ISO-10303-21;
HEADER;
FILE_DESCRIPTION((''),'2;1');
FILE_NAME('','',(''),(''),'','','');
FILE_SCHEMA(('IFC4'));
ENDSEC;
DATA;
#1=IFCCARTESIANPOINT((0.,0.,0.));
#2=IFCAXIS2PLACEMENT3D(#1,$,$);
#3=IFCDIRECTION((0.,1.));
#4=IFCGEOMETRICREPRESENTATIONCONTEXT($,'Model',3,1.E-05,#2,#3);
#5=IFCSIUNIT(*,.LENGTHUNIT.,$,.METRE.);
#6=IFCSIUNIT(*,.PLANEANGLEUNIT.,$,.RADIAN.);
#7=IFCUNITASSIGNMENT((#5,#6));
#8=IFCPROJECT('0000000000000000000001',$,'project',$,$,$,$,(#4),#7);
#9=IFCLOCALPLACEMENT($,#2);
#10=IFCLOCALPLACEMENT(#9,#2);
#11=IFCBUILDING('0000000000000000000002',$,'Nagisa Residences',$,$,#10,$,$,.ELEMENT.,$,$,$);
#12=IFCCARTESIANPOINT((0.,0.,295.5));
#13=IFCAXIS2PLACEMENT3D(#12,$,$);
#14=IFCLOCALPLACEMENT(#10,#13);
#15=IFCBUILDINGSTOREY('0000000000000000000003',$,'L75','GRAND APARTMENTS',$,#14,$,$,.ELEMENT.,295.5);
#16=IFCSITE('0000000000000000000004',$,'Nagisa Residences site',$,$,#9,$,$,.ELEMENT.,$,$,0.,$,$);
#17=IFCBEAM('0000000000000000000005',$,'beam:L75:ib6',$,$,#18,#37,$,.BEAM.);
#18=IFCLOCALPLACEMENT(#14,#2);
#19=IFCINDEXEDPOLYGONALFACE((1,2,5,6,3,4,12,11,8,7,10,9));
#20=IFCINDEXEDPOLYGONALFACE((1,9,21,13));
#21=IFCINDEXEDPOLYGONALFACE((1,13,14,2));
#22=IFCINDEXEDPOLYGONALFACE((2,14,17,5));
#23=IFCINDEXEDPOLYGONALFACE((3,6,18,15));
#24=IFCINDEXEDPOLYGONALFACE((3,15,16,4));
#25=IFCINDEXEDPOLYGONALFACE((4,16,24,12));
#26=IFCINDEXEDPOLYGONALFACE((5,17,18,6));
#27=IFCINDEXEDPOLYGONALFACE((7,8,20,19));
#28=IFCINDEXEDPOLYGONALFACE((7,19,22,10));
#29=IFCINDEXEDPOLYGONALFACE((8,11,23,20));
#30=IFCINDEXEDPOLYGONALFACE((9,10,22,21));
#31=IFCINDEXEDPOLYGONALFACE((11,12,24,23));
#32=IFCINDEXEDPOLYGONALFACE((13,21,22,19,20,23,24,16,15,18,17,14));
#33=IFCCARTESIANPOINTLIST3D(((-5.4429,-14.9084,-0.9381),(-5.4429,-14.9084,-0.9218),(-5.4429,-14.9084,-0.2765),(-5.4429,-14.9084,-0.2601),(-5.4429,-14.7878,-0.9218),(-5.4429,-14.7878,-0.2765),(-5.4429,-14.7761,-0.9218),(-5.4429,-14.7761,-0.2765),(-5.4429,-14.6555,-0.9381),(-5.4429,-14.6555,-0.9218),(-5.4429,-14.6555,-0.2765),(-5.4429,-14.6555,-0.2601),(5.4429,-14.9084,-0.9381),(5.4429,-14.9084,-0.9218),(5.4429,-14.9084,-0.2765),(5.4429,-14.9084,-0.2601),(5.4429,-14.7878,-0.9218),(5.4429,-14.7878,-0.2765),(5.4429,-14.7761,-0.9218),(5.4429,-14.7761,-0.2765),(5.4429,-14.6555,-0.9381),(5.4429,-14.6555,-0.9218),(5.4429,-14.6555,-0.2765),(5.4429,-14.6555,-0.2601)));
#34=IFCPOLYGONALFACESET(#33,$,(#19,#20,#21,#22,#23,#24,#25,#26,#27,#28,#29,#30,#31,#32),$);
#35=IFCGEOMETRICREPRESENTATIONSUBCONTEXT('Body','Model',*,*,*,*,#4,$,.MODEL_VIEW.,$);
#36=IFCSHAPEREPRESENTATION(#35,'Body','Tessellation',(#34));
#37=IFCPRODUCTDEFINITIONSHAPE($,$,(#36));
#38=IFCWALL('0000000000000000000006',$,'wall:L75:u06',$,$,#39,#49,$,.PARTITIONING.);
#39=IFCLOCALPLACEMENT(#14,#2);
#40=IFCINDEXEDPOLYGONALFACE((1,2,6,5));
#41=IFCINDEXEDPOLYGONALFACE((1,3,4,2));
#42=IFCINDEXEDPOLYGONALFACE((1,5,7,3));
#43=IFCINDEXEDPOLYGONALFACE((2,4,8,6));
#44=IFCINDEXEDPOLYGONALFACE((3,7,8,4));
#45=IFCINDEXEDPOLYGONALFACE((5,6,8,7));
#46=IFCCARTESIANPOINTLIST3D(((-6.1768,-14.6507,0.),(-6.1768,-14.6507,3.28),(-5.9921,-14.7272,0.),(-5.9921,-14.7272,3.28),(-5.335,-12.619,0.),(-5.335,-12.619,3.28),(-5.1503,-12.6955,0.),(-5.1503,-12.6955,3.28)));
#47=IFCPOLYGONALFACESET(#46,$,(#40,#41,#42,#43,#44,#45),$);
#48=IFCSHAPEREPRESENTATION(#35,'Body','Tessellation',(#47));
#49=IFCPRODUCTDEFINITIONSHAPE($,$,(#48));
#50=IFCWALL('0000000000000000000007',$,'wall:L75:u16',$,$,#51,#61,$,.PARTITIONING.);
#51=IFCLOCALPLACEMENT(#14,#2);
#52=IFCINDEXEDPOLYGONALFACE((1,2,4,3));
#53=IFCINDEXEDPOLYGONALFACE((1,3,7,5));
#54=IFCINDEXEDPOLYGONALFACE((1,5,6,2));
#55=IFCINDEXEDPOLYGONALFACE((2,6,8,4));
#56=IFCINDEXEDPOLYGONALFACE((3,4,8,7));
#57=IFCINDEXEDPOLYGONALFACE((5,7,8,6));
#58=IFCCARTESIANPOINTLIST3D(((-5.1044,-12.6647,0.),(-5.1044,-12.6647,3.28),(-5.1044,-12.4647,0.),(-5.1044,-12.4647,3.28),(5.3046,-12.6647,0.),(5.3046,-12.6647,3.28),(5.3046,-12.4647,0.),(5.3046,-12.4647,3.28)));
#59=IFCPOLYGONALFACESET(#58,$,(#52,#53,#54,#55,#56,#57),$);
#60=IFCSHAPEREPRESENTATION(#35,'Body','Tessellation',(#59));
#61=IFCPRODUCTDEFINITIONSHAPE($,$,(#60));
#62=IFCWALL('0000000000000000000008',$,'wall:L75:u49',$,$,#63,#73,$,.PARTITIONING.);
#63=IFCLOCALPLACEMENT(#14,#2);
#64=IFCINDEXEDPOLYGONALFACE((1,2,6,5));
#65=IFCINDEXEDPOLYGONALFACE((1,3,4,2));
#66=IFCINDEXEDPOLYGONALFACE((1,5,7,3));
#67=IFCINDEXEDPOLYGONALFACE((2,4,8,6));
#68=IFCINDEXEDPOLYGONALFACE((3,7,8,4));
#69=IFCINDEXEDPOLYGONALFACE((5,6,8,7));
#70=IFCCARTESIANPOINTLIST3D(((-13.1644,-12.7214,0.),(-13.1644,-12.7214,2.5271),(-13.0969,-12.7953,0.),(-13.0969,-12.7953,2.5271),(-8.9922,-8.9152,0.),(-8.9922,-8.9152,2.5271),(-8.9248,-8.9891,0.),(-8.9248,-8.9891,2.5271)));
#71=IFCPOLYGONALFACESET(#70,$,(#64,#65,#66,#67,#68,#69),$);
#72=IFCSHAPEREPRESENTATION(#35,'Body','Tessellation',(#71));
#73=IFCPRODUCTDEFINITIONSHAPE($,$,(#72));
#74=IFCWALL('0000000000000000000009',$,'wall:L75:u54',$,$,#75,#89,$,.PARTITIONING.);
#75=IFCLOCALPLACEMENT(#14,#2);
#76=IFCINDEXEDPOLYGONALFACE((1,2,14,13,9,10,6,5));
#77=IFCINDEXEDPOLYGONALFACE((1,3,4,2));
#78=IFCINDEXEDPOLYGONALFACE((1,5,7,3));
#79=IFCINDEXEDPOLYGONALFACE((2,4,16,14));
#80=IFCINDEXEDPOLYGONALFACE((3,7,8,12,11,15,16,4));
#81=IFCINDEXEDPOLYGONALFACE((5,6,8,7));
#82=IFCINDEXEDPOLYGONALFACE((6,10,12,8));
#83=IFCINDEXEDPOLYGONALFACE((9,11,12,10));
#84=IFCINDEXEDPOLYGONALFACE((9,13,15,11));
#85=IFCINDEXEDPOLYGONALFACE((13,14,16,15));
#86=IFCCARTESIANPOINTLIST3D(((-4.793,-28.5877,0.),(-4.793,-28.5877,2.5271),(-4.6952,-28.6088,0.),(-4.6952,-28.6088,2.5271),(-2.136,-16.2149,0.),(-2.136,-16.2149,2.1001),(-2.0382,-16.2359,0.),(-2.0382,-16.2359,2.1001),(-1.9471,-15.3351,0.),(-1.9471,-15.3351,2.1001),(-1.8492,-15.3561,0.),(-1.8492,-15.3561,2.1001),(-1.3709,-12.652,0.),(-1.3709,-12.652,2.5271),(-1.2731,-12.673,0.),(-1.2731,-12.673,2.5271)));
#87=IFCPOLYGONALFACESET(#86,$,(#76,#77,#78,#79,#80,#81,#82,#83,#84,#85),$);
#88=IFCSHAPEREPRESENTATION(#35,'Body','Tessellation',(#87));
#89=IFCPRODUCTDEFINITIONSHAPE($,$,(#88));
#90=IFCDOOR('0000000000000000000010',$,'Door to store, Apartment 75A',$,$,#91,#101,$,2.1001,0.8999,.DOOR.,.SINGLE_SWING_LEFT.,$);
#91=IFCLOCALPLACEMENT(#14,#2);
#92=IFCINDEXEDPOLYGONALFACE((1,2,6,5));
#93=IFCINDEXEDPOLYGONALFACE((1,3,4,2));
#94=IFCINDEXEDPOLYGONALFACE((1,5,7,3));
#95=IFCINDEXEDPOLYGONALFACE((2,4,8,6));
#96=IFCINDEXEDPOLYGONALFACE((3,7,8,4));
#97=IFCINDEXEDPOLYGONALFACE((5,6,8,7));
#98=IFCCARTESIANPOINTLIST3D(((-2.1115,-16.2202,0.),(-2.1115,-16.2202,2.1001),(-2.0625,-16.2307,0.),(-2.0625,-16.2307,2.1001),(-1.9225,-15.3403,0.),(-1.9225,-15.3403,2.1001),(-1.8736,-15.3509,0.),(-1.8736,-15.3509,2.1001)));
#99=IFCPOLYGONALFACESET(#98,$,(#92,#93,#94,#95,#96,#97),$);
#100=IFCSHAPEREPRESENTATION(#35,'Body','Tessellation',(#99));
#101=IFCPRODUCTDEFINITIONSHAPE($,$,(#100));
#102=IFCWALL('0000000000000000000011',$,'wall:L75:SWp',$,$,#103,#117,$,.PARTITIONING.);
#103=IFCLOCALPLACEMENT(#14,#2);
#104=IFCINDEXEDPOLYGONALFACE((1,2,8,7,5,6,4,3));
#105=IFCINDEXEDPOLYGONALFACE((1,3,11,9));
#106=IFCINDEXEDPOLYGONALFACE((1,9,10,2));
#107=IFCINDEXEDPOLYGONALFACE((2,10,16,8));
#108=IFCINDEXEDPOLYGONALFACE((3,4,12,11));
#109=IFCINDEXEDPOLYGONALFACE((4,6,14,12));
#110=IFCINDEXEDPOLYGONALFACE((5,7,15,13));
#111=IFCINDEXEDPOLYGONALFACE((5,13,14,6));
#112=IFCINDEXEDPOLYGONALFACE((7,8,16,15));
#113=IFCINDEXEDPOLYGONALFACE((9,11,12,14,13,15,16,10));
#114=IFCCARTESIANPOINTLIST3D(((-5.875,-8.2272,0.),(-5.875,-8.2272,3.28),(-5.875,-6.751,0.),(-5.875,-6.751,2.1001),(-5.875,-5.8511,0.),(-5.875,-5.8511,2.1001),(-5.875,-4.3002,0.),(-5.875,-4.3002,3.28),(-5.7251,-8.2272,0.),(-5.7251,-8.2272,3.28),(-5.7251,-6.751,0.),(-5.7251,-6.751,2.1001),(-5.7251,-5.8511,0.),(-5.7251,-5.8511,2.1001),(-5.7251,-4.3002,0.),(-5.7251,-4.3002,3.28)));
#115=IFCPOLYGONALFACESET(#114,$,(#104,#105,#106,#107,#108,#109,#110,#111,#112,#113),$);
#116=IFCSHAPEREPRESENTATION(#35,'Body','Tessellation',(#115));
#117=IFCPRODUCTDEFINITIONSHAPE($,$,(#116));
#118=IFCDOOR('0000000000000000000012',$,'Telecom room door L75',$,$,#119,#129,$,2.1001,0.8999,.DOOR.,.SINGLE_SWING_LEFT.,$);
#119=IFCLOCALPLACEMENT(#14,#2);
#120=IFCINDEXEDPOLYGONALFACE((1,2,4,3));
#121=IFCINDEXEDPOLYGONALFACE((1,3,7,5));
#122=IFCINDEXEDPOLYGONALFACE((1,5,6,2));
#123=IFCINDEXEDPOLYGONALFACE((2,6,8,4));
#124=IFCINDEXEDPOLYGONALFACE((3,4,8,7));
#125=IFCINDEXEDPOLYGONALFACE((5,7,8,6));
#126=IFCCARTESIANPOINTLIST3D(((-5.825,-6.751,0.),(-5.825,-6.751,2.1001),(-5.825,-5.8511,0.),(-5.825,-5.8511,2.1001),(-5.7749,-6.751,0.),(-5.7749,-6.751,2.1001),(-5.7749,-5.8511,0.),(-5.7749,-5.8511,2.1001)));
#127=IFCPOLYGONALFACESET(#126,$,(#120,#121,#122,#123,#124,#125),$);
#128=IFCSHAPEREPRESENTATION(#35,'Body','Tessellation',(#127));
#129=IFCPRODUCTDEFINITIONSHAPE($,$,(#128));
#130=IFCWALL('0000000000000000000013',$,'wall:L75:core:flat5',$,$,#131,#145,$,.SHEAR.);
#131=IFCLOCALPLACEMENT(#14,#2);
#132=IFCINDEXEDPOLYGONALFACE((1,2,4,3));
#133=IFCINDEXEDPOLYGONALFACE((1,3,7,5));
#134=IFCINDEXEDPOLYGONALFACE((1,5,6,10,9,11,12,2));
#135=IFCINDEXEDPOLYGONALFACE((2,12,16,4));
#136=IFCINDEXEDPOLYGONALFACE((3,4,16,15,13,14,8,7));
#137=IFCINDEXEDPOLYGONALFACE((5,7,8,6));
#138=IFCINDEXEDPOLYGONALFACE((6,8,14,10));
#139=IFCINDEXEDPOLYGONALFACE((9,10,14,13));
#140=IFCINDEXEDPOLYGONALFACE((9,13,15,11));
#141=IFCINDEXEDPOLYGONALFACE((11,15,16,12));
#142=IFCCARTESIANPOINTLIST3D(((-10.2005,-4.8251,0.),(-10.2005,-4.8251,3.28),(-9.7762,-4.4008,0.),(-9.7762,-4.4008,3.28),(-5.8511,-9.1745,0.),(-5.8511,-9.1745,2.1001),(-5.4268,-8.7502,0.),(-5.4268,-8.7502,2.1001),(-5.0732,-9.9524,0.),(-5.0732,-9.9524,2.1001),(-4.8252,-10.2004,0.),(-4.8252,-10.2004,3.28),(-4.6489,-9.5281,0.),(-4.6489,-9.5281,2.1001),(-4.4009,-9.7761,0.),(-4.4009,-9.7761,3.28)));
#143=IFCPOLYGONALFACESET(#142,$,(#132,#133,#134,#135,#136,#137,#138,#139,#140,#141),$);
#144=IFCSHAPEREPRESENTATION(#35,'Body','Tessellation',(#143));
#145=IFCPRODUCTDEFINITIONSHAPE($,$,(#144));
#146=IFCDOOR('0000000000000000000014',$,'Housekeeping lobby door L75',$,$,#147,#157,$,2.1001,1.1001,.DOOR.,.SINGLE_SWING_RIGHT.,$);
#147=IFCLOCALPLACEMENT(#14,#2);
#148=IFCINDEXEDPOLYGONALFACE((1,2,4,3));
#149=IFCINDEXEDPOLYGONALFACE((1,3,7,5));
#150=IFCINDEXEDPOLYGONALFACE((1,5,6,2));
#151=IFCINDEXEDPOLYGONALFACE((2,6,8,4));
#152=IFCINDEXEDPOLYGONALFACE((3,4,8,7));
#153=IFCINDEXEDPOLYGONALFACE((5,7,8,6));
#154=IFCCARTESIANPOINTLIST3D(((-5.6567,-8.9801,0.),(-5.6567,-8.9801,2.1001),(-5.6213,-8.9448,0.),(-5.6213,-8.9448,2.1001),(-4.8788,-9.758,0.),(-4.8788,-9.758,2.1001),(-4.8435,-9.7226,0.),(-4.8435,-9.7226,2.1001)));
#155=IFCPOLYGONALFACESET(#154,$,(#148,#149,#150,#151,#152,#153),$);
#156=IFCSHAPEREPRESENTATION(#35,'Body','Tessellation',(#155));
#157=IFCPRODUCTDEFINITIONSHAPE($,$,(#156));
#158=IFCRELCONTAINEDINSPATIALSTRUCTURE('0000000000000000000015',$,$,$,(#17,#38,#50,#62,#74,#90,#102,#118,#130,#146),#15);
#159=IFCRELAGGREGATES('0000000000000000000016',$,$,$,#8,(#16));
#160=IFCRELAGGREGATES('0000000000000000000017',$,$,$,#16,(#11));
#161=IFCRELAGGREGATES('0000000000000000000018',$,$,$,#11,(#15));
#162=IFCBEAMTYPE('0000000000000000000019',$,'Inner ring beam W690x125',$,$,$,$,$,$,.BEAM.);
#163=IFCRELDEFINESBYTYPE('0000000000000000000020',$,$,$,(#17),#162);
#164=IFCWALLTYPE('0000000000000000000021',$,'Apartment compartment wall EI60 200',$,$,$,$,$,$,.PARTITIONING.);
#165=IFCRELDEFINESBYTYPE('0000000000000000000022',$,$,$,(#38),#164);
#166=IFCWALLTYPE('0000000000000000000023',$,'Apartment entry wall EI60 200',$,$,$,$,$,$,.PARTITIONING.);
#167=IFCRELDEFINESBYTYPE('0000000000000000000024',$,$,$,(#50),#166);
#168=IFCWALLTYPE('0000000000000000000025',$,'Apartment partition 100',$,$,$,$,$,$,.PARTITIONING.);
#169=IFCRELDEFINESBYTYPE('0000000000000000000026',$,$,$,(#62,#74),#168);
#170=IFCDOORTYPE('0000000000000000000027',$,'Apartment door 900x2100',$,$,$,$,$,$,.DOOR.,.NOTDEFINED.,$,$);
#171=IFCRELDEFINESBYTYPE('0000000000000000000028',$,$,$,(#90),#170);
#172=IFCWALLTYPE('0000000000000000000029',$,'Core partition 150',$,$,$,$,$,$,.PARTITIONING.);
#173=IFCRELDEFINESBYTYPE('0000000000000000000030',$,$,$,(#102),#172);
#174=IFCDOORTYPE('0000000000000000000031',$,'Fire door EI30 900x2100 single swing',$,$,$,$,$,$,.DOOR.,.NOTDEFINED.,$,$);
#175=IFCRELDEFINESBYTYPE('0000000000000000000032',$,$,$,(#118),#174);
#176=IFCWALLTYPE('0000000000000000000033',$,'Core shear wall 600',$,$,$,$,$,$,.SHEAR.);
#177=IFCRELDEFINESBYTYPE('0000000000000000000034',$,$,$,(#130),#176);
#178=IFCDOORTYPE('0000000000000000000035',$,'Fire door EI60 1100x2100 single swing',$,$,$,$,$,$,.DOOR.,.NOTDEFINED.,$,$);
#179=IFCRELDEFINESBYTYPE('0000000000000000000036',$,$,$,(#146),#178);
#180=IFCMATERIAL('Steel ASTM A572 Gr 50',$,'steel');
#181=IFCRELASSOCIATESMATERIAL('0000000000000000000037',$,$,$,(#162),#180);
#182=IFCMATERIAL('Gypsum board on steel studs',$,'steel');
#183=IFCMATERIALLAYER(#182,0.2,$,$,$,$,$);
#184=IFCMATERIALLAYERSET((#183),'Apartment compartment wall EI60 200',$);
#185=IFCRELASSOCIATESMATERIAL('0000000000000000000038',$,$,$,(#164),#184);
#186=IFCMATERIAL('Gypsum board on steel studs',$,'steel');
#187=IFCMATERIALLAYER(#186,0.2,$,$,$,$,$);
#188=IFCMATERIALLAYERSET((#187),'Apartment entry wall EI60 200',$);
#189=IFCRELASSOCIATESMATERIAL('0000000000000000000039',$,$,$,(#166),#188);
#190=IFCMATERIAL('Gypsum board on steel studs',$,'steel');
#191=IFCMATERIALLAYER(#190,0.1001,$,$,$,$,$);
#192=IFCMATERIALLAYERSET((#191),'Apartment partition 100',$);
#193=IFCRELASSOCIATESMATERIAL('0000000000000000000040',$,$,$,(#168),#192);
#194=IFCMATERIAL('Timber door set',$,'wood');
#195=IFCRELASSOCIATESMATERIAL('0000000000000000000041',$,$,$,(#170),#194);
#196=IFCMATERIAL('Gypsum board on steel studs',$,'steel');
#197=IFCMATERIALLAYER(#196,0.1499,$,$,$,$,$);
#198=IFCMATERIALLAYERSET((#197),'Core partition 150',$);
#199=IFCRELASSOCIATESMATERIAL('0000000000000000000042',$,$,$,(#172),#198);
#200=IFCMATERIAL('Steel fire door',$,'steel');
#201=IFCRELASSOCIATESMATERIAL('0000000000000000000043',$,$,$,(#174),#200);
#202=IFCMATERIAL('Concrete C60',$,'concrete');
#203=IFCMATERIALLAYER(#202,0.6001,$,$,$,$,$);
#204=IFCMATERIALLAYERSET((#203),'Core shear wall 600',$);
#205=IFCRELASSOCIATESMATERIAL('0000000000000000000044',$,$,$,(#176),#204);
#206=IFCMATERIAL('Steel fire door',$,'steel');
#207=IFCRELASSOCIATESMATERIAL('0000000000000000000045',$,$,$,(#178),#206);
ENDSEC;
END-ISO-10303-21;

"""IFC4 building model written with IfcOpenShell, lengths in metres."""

from ifc_helpers import new_model, si_unit, direction, frame, frame_2d, origin, origin_2d, place, context, subcontext, project, spatial, rectangle, i_section, extrude, material, layer, layer_set, material_profile, profile_set, type_object, element, fill, save


model = new_model("IFC4")

# Units and contexts
model_context = context("Model", 3, precision=1e-05, world=origin(), true_north=direction((0.0, 1.0)))
body_context = subcontext(model_context, "Body", "Model", "MODEL_VIEW")
ifc_project = project(units=[si_unit("LENGTHUNIT", "METRE"), si_unit("PLANEANGLEUNIT", "RADIAN")], contexts=[model_context])

# Site, building, storey
site_placement = place(None, origin())
site = spatial("IfcSite", under=ifc_project, at=site_placement, Name="Nagisa Residences site", CompositionType="ELEMENT", RefElevation=0.0)
building_placement = place(site_placement, origin())
building = spatial("IfcBuilding", under=site, at=building_placement, Name="Nagisa Residences", CompositionType="ELEMENT")
storey_placement = place(building_placement, frame((0.0, 0.0, 295.5)))
storey = spatial("IfcBuildingStorey", under=building, at=storey_placement, Name="L75", Description="GRAND APARTMENTS", CompositionType="ELEMENT", Elevation=295.5)

# Beam
ifc_material_1 = material(Name="Steel ASTM A572 Gr 50", Category="steel")
ifc_material_profile = material_profile(ifc_material_1, i_section(OverallWidth=0.2529, OverallDepth=0.678, WebThickness=0.0117, FlangeThickness=0.0164, at=origin_2d()), Name="W690x125")
ifc_profile_set = profile_set([ifc_material_profile], Name="Steel ASTM A572 Gr 50")
beam_type = type_object("IfcBeamType", Name="Inner ring beam W690x125", PredefinedType="BEAM", material=ifc_profile_set)
beam_placement = place(storey_placement, frame((-5.4429, -14.782, -0.5991), z_axis=(1.0, 0.0, 0.0), x_axis=(0.0, 1.0, 0.0)))
element("IfcBeam", 1, at=beam_placement, inside=storey, type_object=beam_type, Name="beam:L75:ib6", PredefinedType="BEAM", context=body_context, shape_type="SweptSolid", body=[
    extrude(i_section(OverallWidth=0.2529, OverallDepth=0.678, WebThickness=0.0117, FlangeThickness=0.0164, at=origin_2d()), origin(), (0.0, 0.0, 1.0), 10.8857),
])

# Walls
ifc_material_2 = material(Name="Gypsum board on steel studs", Category="steel")
ifc_layer_1 = layer(ifc_material_2, 0.2)
ifc_layer_set_1 = layer_set([ifc_layer_1], Name="Apartment compartment wall EI60 200")
wall_type_1 = type_object("IfcWallType", Name="Apartment compartment wall EI60 200", PredefinedType="PARTITIONING", material=ifc_layer_set_1)
wall_1_placement = place(storey_placement, frame((-5.2427, -12.6572, 0.0), z_axis=(0.0, 0.0, 1.0), x_axis=(-0.38277, -0.923844, 0.0)))
element("IfcWall", 2, at=wall_1_placement, inside=storey, type_object=wall_type_1, Name="wall:L75:u06", PredefinedType="PARTITIONING", context=body_context, shape_type="SweptSolid", body=[
    extrude(rectangle(XDim=2.1992, YDim=0.2, at=frame_2d((1.0996, 0.0))), origin(), (0.0, 0.0, 1.0), 3.28),
])
ifc_material_3 = material(Name="Gypsum board on steel studs", Category="steel")
ifc_layer_2 = layer(ifc_material_3, 0.2)
ifc_layer_set_2 = layer_set([ifc_layer_2], Name="Apartment entry wall EI60 200")
wall_type_2 = type_object("IfcWallType", Name="Apartment entry wall EI60 200", PredefinedType="PARTITIONING", material=ifc_layer_set_2)
wall_2_placement = place(storey_placement, frame((-5.1045, -12.5647, 0.0), z_axis=(0.0, 0.0, 1.0), x_axis=(1.0, 0.0, 0.0)))
element("IfcWall", 3, at=wall_2_placement, inside=storey, type_object=wall_type_2, Name="wall:L75:u16", PredefinedType="PARTITIONING", context=body_context, shape_type="SweptSolid", body=[
    extrude(rectangle(XDim=10.4089, YDim=0.2, at=frame_2d((5.2046, 0.0))), origin(), (0.0, 0.0, 1.0), 3.28),
])
ifc_material_4 = material(Name="Gypsum board on steel studs", Category="steel")
ifc_layer_3 = layer(ifc_material_4, 0.1001)
ifc_layer_set_3 = layer_set([ifc_layer_3], Name="Apartment partition 100")
wall_type_3 = type_object("IfcWallType", Name="Apartment partition 100", PredefinedType="PARTITIONING", material=ifc_layer_set_3)
wall_3_placement = place(storey_placement, frame((-8.9585, -8.9521, 0.0), z_axis=(0.0, 0.0, 1.0), x_axis=(-0.738765, -0.673963, 0.0)))
element("IfcWall", 4, at=wall_3_placement, inside=storey, type_object=wall_type_3, Name="wall:L75:u49", PredefinedType="PARTITIONING", context=body_context, shape_type="SweptSolid", body=[
    extrude(rectangle(XDim=5.6475, YDim=0.1001, at=frame_2d((2.8237, 0.0))), origin(), (0.0, 0.0, 1.0), 2.5271),
])

# Walls, openings, doors
wall_4_placement = place(storey_placement, frame((-1.322, -12.6626, 0.0), z_axis=(0.0, 0.0, 1.0), x_axis=(-0.209958, -0.97771, 0.0)))
wall_4 = element("IfcWall", 5, at=wall_4_placement, inside=storey, type_object=wall_type_3, Name="wall:L75:u54", PredefinedType="PARTITIONING", context=body_context, shape_type="SweptSolid", body=[
    extrude(rectangle(XDim=16.2991, YDim=0.1001, at=frame_2d((8.1494, 0.0))), origin(), (0.0, 0.0, 1.0), 2.5271),
])
opening_1_placement = place(wall_4_placement, frame((2.7441, 0.0, 0.0)))
opening_1 = element("IfcOpeningElement", 6, at=opening_1_placement, cuts=wall_4, PredefinedType="OPENING", context=body_context, shape_type="SweptSolid", body=[
    extrude(rectangle(XDim=0.8999, YDim=2.1001, at=frame_2d((0.45, 1.05))), frame((0.0, 0.0601, 0.0), z_axis=(0.0, -1.0, 0.0), x_axis=(1.0, 0.0, 0.0)), (0.0, 0.0, 1.0), 0.1201),
])
ifc_material_5 = material(Name="Timber door set", Category="wood")
door_type_1 = type_object("IfcDoorType", Name="Apartment door 900x2100", OperationType="NOTDEFINED", PredefinedType="DOOR", material=ifc_material_5)
door_1_placement = place(opening_1_placement, frame((0.8999, 0.0, 0.0), x_axis=(-1.0, 0.0, 0.0)))
door_1 = element("IfcDoor", 7, at=door_1_placement, inside=storey, type_object=door_type_1, Name="Door to store, Apartment 75A", OperationType="SINGLE_SWING_LEFT", OverallHeight=2.1001, OverallWidth=0.8999, PredefinedType="DOOR", context=body_context, shape_type="SweptSolid", body=[
    extrude(rectangle(XDim=0.8999, YDim=2.1001, at=frame_2d((0.45, 1.05))), frame((0.0, 0.0249, 0.0), z_axis=(0.0, -1.0, 0.0), x_axis=(1.0, 0.0, 0.0)), (0.0, 0.0, 1.0), 0.05),
])
fill(opening_1, door_1)
ifc_material_6 = material(Name="Gypsum board on steel studs", Category="steel")
ifc_layer_4 = layer(ifc_material_6, 0.1499)
ifc_layer_set_4 = layer_set([ifc_layer_4], Name="Core partition 150")
wall_type_4 = type_object("IfcWallType", Name="Core partition 150", PredefinedType="PARTITIONING", material=ifc_layer_set_4)
wall_5_placement = place(storey_placement, frame((-5.8, -8.2271, 0.0), z_axis=(0.0, 0.0, 1.0), x_axis=(0.0, 1.0, 0.0)))
wall_5 = element("IfcWall", 8, at=wall_5_placement, inside=storey, type_object=wall_type_4, Name="wall:L75:SWp", PredefinedType="PARTITIONING", context=body_context, shape_type="SweptSolid", body=[
    extrude(rectangle(XDim=3.927, YDim=0.1499, at=frame_2d((1.9634, 0.0))), origin(), (0.0, 0.0, 1.0), 3.28),
])
opening_2_placement = place(wall_5_placement, frame((1.4761, 0.0, 0.0)))
opening_2 = element("IfcOpeningElement", 9, at=opening_2_placement, cuts=wall_5, PredefinedType="OPENING", context=body_context, shape_type="SweptSolid", body=[
    extrude(rectangle(XDim=0.8999, YDim=2.1001, at=frame_2d((0.45, 1.05))), frame((0.0, 0.085, 0.0), z_axis=(0.0, -1.0, 0.0), x_axis=(1.0, 0.0, 0.0)), (0.0, 0.0, 1.0), 0.1699),
])
ifc_material_7 = material(Name="Steel fire door", Category="steel")
door_type_2 = type_object("IfcDoorType", Name="Fire door EI30 900x2100 single swing", OperationType="NOTDEFINED", PredefinedType="DOOR", material=ifc_material_7)
door_2_placement = place(opening_2_placement, origin())
door_2 = element("IfcDoor", 10, at=door_2_placement, inside=storey, type_object=door_type_2, Name="Telecom room door L75", OperationType="SINGLE_SWING_LEFT", OverallHeight=2.1001, OverallWidth=0.8999, PredefinedType="DOOR", context=body_context, shape_type="SweptSolid", body=[
    extrude(rectangle(XDim=0.8999, YDim=2.1001, at=frame_2d((0.45, 1.05))), frame((0.0, 0.0249, 0.0), z_axis=(0.0, -1.0, 0.0), x_axis=(1.0, 0.0, 0.0)), (0.0, 0.0, 1.0), 0.05),
])
fill(opening_2, door_2)
ifc_material_8 = material(Name="Concrete C60", Category="concrete")
ifc_layer_5 = layer(ifc_material_8, 0.6001)
ifc_layer_set_5 = layer_set([ifc_layer_5], Name="Core shear wall 600")
wall_type_5 = type_object("IfcWallType", Name="Core shear wall 600", PredefinedType="SHEAR", material=ifc_layer_set_5)
wall_6_placement = place(storey_placement, frame((-9.9883, -4.613, 0.0), z_axis=(0.0, 0.0, 1.0), x_axis=(0.707107, -0.707107, 0.0)))
wall_6 = element("IfcWall", 11, at=wall_6_placement, inside=storey, type_object=wall_type_5, Name="wall:L75:core:flat5", PredefinedType="SHEAR", context=body_context, shape_type="SweptSolid", body=[
    extrude(rectangle(XDim=7.6018, YDim=0.6001, at=frame_2d((3.8008, 0.0))), origin(), (0.0, 0.0, 1.0), 3.28),
])
opening_3_placement = place(wall_6_placement, frame((6.1509, 0.0, 0.0)))
opening_3 = element("IfcOpeningElement", 12, at=opening_3_placement, cuts=wall_6, PredefinedType="OPENING", context=body_context, shape_type="SweptSolid", body=[
    extrude(rectangle(XDim=1.1001, YDim=2.1001, at=frame_2d((0.55, 1.05))), frame((0.0, 0.3101, 0.0), z_axis=(0.0, -1.0, 0.0), x_axis=(1.0, 0.0, 0.0)), (0.0, 0.0, 1.0), 0.6201),
])
ifc_material_9 = material(Name="Steel fire door", Category="steel")
door_type_3 = type_object("IfcDoorType", Name="Fire door EI60 1100x2100 single swing", OperationType="NOTDEFINED", PredefinedType="DOOR", material=ifc_material_9)
door_3_placement = place(opening_3_placement, origin())
door_3 = element("IfcDoor", 13, at=door_3_placement, inside=storey, type_object=door_type_3, Name="Housekeeping lobby door L75", OperationType="SINGLE_SWING_RIGHT", OverallHeight=2.1001, OverallWidth=1.1001, PredefinedType="DOOR", context=body_context, shape_type="SweptSolid", body=[
    extrude(rectangle(XDim=1.1001, YDim=2.1001, at=frame_2d((0.55, 1.05))), frame((0.0, 0.0249, 0.0), z_axis=(0.0, -1.0, 0.0), x_axis=(1.0, 0.0, 0.0)), (0.0, 0.0, 1.0), 0.05),
])
fill(opening_3, door_3)

save(model, "model.ifc")
